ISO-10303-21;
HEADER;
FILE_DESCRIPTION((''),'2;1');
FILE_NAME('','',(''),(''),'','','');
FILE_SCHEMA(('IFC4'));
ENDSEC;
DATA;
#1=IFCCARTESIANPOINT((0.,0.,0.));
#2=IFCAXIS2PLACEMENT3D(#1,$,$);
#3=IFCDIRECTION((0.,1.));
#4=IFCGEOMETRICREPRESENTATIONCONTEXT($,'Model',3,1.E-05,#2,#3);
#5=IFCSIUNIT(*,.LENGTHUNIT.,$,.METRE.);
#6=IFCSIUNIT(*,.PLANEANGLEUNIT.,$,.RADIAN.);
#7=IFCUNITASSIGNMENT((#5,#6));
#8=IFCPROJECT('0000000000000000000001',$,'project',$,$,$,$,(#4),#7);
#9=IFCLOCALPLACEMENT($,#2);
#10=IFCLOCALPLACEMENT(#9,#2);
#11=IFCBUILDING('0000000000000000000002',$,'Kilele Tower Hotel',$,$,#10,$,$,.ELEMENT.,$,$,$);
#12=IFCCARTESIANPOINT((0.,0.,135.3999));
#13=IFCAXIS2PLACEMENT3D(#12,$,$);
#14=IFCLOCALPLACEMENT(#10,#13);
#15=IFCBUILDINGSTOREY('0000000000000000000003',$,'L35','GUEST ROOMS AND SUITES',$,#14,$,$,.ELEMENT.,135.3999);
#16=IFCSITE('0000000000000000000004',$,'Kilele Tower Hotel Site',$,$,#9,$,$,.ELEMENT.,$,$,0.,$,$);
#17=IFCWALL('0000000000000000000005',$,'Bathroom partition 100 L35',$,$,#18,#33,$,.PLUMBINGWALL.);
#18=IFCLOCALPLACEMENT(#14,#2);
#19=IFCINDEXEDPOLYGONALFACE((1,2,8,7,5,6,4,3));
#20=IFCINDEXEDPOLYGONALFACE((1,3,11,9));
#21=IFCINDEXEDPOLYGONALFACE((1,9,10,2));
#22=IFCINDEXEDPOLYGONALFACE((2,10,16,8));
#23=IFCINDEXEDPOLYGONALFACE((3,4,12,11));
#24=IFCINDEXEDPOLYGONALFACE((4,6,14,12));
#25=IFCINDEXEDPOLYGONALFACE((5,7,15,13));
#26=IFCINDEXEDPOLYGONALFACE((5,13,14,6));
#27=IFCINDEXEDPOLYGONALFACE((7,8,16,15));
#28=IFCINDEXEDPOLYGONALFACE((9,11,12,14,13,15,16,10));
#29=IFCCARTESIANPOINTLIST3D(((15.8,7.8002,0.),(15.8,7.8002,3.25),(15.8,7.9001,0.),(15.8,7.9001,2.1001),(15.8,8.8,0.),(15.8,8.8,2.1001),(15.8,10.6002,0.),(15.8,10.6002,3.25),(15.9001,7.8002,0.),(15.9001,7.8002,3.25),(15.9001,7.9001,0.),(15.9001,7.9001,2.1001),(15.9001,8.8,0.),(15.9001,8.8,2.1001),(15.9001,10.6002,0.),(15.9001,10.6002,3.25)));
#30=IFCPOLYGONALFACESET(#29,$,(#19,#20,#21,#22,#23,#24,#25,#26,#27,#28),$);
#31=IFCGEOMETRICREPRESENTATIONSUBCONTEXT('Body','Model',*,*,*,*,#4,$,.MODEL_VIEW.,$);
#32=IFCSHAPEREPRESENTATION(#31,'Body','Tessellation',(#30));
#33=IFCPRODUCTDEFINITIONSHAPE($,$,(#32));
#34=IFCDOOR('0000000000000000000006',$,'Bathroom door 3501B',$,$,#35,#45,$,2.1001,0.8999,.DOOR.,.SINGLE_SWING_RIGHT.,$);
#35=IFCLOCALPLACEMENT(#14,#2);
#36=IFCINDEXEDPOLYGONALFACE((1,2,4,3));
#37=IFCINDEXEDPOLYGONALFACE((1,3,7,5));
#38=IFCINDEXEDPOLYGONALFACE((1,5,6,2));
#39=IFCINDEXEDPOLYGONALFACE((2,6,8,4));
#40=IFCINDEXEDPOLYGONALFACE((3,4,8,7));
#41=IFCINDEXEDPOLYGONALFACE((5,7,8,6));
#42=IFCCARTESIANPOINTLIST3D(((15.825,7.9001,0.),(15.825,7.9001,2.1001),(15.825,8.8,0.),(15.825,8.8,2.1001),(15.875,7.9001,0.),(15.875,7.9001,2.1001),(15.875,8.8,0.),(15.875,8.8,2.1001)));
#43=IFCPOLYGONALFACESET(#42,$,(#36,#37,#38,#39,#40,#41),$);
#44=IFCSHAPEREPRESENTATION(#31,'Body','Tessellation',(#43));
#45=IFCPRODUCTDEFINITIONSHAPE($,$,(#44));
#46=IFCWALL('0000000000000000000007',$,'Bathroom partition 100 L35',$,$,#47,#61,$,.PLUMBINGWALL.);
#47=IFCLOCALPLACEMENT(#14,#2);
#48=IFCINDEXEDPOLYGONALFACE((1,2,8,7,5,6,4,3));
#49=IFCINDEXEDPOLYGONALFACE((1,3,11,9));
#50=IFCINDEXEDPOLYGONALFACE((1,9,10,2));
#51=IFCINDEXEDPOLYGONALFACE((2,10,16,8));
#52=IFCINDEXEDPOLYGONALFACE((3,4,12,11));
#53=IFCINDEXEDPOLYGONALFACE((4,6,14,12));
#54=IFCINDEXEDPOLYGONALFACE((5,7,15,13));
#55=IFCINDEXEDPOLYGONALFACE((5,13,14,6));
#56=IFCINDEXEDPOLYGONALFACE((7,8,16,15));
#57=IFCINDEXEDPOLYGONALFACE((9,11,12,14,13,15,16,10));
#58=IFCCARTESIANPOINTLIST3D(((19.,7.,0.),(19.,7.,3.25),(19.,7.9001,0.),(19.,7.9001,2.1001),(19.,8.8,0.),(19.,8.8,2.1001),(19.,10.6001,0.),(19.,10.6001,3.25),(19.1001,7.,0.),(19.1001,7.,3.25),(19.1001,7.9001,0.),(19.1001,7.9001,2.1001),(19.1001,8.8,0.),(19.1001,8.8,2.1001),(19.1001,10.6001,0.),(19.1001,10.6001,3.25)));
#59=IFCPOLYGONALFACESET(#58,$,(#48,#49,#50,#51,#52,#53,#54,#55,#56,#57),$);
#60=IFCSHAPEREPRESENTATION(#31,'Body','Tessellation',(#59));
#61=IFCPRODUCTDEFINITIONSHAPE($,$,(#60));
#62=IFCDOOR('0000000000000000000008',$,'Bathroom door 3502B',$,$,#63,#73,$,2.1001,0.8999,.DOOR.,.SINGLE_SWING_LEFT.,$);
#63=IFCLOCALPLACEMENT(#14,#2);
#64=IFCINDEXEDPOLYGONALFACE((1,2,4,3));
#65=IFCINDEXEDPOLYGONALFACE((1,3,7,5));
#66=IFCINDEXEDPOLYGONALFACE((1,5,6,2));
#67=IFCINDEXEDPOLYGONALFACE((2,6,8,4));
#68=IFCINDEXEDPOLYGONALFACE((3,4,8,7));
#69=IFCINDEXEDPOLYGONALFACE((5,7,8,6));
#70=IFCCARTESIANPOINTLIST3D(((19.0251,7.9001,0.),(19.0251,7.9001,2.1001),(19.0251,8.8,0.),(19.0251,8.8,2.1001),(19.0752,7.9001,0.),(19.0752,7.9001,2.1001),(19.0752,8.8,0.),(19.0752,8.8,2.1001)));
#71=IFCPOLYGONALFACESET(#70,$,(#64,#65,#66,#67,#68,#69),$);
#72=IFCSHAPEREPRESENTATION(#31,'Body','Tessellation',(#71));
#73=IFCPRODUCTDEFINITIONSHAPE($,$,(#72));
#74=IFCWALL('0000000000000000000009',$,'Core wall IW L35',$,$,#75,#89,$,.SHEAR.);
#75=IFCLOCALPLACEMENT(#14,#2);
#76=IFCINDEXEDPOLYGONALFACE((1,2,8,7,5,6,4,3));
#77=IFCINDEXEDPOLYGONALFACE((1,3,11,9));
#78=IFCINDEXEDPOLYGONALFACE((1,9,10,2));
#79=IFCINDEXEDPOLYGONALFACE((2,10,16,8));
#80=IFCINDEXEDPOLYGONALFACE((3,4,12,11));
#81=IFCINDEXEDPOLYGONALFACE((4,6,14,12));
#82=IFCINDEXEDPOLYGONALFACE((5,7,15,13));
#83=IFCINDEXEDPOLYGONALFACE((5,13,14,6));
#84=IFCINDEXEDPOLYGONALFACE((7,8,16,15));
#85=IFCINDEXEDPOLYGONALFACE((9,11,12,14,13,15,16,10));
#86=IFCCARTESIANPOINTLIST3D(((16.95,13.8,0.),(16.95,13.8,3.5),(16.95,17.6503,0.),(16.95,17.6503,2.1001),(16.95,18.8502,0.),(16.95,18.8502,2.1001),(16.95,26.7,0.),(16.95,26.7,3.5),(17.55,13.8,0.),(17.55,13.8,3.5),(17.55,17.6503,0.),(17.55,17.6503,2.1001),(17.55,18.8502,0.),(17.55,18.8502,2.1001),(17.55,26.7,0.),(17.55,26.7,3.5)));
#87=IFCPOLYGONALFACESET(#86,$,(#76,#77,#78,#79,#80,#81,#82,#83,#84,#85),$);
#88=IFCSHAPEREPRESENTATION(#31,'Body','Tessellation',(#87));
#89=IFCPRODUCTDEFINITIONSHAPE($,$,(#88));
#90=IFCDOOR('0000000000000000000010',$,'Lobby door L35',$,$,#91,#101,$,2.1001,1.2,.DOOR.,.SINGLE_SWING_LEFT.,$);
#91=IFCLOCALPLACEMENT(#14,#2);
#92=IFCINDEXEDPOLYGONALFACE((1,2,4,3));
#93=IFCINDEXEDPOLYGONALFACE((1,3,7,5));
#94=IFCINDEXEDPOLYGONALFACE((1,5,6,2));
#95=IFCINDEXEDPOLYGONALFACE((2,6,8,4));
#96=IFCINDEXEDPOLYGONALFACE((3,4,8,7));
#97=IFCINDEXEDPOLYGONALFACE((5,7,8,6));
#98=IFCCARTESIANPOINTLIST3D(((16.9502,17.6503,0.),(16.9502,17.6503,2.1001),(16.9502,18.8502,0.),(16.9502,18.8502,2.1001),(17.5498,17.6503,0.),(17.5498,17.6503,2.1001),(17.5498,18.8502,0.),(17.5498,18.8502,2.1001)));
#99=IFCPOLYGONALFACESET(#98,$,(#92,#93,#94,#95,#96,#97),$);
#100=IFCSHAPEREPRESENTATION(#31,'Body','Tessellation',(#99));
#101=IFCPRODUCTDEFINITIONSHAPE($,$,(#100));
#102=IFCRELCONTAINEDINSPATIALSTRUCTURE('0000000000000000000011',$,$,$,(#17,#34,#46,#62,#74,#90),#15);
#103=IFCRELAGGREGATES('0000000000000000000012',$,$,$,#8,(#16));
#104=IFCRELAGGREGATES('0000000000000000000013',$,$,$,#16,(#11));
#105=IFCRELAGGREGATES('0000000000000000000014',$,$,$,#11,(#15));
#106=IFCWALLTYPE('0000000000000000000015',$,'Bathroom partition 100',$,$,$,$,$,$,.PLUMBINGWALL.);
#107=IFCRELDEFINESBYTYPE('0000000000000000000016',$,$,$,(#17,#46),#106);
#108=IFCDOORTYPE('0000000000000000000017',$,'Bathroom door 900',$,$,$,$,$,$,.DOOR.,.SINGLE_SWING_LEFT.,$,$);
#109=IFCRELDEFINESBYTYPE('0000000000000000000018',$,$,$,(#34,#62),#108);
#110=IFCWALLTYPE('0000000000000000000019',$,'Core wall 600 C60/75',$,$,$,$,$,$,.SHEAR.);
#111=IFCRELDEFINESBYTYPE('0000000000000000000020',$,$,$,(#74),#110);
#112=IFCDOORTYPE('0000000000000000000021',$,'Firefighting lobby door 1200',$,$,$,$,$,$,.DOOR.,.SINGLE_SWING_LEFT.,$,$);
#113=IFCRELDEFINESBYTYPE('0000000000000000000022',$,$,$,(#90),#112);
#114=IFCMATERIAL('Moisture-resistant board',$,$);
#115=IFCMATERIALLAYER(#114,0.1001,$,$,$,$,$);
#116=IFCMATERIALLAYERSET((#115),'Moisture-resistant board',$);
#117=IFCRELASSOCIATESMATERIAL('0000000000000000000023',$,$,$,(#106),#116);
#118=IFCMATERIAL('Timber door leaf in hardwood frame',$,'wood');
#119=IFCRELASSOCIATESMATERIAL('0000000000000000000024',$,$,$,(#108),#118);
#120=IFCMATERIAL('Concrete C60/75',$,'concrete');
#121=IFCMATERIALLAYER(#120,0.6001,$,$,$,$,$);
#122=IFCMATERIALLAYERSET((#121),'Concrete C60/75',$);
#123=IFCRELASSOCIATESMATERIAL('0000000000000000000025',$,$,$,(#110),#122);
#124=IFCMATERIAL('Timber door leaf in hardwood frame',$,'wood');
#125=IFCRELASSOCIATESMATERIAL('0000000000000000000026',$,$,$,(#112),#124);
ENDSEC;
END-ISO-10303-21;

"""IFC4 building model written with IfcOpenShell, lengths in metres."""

from ifc_helpers import new_model, si_unit, direction, frame, frame_2d, origin, place, context, subcontext, project, spatial, rectangle, extrude, material, layer, layer_set, type_object, element, fill, save


model = new_model("IFC4")

# Units and contexts
model_context = context("Model", 3, precision=1e-05, world=origin(), true_north=direction((0.0, 1.0)))
body_context = subcontext(model_context, "Body", "Model", "MODEL_VIEW")
ifc_project = project(units=[si_unit("LENGTHUNIT", "METRE"), si_unit("PLANEANGLEUNIT", "RADIAN")], contexts=[model_context])

# Site, building, storey
site_placement = place(None, origin())
site = spatial("IfcSite", under=ifc_project, at=site_placement, Name="Kilele Tower Hotel Site", CompositionType="ELEMENT", RefElevation=0.0)
building_placement = place(site_placement, origin())
building = spatial("IfcBuilding", under=site, at=building_placement, Name="Kilele Tower Hotel", CompositionType="ELEMENT")
storey_placement = place(building_placement, frame((0.0, 0.0, 135.3999)))
storey = spatial("IfcBuildingStorey", under=building, at=storey_placement, Name="L35", Description="GUEST ROOMS AND SUITES", CompositionType="ELEMENT", Elevation=135.3999)

# Walls, openings, doors
ifc_material_1 = material(Name="Moisture-resistant board")
ifc_layer_1 = layer(ifc_material_1, 0.1001)
ifc_layer_set_1 = layer_set([ifc_layer_1], Name="Moisture-resistant board")
wall_type_1 = type_object("IfcWallType", Name="Bathroom partition 100", PredefinedType="PLUMBINGWALL", material=ifc_layer_set_1)
wall_1_placement = place(storey_placement, frame((15.8501, 10.6001, 0.0), z_axis=(0.0, 0.0, 1.0), x_axis=(0.0, -1.0, 0.0)))
wall_1 = element("IfcWall", 1, at=wall_1_placement, inside=storey, type_object=wall_type_1, Name="Bathroom partition 100 L35", PredefinedType="PLUMBINGWALL", context=body_context, shape_type="SweptSolid", body=[
    extrude(rectangle(XDim=2.8, YDim=0.1001, at=frame_2d((1.3999, 0.0))), origin(), (0.0, 0.0, 1.0), 3.25),
])
opening_1_placement = place(wall_1_placement, frame((1.8, 0.0, 0.0)))
opening_1 = element("IfcOpeningElement", 2, at=opening_1_placement, cuts=wall_1, PredefinedType="OPENING", context=body_context, shape_type="SweptSolid", body=[
    extrude(rectangle(XDim=0.8999, YDim=2.1001, at=frame_2d((0.45, 1.05))), frame((0.0, 0.0601, 0.0), z_axis=(0.0, -1.0, 0.0), x_axis=(1.0, 0.0, 0.0)), (0.0, 0.0, 1.0), 0.1201),
])
ifc_material_2 = material(Name="Timber door leaf in hardwood frame", Category="wood")
door_type_1 = type_object("IfcDoorType", Name="Bathroom door 900", OperationType="SINGLE_SWING_LEFT", PredefinedType="DOOR", material=ifc_material_2)
door_1_placement = place(opening_1_placement, origin())
door_1 = element("IfcDoor", 3, at=door_1_placement, inside=storey, type_object=door_type_1, Name="Bathroom door 3501B", OperationType="SINGLE_SWING_RIGHT", OverallHeight=2.1001, OverallWidth=0.8999, PredefinedType="DOOR", context=body_context, shape_type="SweptSolid", body=[
    extrude(rectangle(XDim=0.8999, YDim=2.1001, at=frame_2d((0.45, 1.05))), frame((0.0, 0.0249, 0.0), z_axis=(0.0, -1.0, 0.0), x_axis=(1.0, 0.0, 0.0)), (0.0, 0.0, 1.0), 0.05),
])
fill(opening_1, door_1)
wall_2_placement = place(storey_placement, frame((19.05, 10.6001, 0.0), z_axis=(0.0, 0.0, 1.0), x_axis=(0.0, -1.0, 0.0)))
wall_2 = element("IfcWall", 4, at=wall_2_placement, inside=storey, type_object=wall_type_1, Name="Bathroom partition 100 L35", PredefinedType="PLUMBINGWALL", context=body_context, shape_type="SweptSolid", body=[
    extrude(rectangle(XDim=3.6001, YDim=0.1001, at=frame_2d((1.8, 0.0))), origin(), (0.0, 0.0, 1.0), 3.25),
])
opening_2_placement = place(wall_2_placement, frame((2.7, 0.0, 0.0), z_axis=(0.0, 0.0, 1.0), x_axis=(-1.0, 0.0, 0.0)))
opening_2 = element("IfcOpeningElement", 5, at=opening_2_placement, cuts=wall_2, PredefinedType="OPENING", context=body_context, shape_type="SweptSolid", body=[
    extrude(rectangle(XDim=0.8999, YDim=2.1001, at=frame_2d((0.45, 1.05))), frame((0.0, 0.0601, 0.0), z_axis=(0.0, -1.0, 0.0), x_axis=(1.0, 0.0, 0.0)), (0.0, 0.0, 1.0), 0.1201),
])
door_2_placement = place(opening_2_placement, origin())
door_2 = element("IfcDoor", 6, at=door_2_placement, inside=storey, type_object=door_type_1, Name="Bathroom door 3502B", OperationType="SINGLE_SWING_LEFT", OverallHeight=2.1001, OverallWidth=0.8999, PredefinedType="DOOR", context=body_context, shape_type="SweptSolid", body=[
    extrude(rectangle(XDim=0.8999, YDim=2.1001, at=frame_2d((0.45, 1.05))), frame((0.0, 0.0249, 0.0), z_axis=(0.0, -1.0, 0.0), x_axis=(1.0, 0.0, 0.0)), (0.0, 0.0, 1.0), 0.05),
])
fill(opening_2, door_2)
ifc_material_3 = material(Name="Concrete C60/75", Category="concrete")
ifc_layer_2 = layer(ifc_material_3, 0.6001)
ifc_layer_set_2 = layer_set([ifc_layer_2], Name="Concrete C60/75")
wall_type_2 = type_object("IfcWallType", Name="Core wall 600 C60/75", PredefinedType="SHEAR", material=ifc_layer_set_2)
wall_3_placement = place(storey_placement, frame((17.25, 13.8, 0.0), z_axis=(0.0, 0.0, 1.0), x_axis=(0.0, 1.0, 0.0)))
wall_3 = element("IfcWall", 7, at=wall_3_placement, inside=storey, type_object=wall_type_2, Name="Core wall IW L35", PredefinedType="SHEAR", context=body_context, shape_type="SweptSolid", body=[
    extrude(rectangle(XDim=12.8999, YDim=0.6001, at=frame_2d((6.45, 0.0))), origin(), (0.0, 0.0, 1.0), 3.5),
])
opening_3_placement = place(wall_3_placement, frame((3.8501, 0.0, 0.0)))
opening_3 = element("IfcOpeningElement", 8, at=opening_3_placement, cuts=wall_3, PredefinedType="OPENING", context=body_context, shape_type="SweptSolid", body=[
    extrude(rectangle(XDim=1.2, YDim=2.1001, at=frame_2d((0.6001, 1.05))), frame((0.0, 0.3101, 0.0), z_axis=(0.0, -1.0, 0.0), x_axis=(1.0, 0.0, 0.0)), (0.0, 0.0, 1.0), 0.6201),
])
ifc_material_4 = material(Name="Timber door leaf in hardwood frame", Category="wood")
door_type_2 = type_object("IfcDoorType", Name="Firefighting lobby door 1200", OperationType="SINGLE_SWING_LEFT", PredefinedType="DOOR", material=ifc_material_4)
door_3_placement = place(opening_3_placement, origin())
door_3 = element("IfcDoor", 9, at=door_3_placement, inside=storey, type_object=door_type_2, Name="Lobby door L35", OperationType="SINGLE_SWING_LEFT", OverallHeight=2.1001, OverallWidth=1.2, PredefinedType="DOOR", context=body_context, shape_type="SweptSolid", body=[
    extrude(rectangle(XDim=1.2, YDim=2.1001, at=frame_2d((0.6001, 1.05))), frame((0.0, 0.2998, 0.0), z_axis=(0.0, -1.0, 0.0), x_axis=(1.0, 0.0, 0.0)), (0.0, 0.0, 1.0), 0.5996),
])
fill(opening_3, door_3)

save(model, "model.ifc")
